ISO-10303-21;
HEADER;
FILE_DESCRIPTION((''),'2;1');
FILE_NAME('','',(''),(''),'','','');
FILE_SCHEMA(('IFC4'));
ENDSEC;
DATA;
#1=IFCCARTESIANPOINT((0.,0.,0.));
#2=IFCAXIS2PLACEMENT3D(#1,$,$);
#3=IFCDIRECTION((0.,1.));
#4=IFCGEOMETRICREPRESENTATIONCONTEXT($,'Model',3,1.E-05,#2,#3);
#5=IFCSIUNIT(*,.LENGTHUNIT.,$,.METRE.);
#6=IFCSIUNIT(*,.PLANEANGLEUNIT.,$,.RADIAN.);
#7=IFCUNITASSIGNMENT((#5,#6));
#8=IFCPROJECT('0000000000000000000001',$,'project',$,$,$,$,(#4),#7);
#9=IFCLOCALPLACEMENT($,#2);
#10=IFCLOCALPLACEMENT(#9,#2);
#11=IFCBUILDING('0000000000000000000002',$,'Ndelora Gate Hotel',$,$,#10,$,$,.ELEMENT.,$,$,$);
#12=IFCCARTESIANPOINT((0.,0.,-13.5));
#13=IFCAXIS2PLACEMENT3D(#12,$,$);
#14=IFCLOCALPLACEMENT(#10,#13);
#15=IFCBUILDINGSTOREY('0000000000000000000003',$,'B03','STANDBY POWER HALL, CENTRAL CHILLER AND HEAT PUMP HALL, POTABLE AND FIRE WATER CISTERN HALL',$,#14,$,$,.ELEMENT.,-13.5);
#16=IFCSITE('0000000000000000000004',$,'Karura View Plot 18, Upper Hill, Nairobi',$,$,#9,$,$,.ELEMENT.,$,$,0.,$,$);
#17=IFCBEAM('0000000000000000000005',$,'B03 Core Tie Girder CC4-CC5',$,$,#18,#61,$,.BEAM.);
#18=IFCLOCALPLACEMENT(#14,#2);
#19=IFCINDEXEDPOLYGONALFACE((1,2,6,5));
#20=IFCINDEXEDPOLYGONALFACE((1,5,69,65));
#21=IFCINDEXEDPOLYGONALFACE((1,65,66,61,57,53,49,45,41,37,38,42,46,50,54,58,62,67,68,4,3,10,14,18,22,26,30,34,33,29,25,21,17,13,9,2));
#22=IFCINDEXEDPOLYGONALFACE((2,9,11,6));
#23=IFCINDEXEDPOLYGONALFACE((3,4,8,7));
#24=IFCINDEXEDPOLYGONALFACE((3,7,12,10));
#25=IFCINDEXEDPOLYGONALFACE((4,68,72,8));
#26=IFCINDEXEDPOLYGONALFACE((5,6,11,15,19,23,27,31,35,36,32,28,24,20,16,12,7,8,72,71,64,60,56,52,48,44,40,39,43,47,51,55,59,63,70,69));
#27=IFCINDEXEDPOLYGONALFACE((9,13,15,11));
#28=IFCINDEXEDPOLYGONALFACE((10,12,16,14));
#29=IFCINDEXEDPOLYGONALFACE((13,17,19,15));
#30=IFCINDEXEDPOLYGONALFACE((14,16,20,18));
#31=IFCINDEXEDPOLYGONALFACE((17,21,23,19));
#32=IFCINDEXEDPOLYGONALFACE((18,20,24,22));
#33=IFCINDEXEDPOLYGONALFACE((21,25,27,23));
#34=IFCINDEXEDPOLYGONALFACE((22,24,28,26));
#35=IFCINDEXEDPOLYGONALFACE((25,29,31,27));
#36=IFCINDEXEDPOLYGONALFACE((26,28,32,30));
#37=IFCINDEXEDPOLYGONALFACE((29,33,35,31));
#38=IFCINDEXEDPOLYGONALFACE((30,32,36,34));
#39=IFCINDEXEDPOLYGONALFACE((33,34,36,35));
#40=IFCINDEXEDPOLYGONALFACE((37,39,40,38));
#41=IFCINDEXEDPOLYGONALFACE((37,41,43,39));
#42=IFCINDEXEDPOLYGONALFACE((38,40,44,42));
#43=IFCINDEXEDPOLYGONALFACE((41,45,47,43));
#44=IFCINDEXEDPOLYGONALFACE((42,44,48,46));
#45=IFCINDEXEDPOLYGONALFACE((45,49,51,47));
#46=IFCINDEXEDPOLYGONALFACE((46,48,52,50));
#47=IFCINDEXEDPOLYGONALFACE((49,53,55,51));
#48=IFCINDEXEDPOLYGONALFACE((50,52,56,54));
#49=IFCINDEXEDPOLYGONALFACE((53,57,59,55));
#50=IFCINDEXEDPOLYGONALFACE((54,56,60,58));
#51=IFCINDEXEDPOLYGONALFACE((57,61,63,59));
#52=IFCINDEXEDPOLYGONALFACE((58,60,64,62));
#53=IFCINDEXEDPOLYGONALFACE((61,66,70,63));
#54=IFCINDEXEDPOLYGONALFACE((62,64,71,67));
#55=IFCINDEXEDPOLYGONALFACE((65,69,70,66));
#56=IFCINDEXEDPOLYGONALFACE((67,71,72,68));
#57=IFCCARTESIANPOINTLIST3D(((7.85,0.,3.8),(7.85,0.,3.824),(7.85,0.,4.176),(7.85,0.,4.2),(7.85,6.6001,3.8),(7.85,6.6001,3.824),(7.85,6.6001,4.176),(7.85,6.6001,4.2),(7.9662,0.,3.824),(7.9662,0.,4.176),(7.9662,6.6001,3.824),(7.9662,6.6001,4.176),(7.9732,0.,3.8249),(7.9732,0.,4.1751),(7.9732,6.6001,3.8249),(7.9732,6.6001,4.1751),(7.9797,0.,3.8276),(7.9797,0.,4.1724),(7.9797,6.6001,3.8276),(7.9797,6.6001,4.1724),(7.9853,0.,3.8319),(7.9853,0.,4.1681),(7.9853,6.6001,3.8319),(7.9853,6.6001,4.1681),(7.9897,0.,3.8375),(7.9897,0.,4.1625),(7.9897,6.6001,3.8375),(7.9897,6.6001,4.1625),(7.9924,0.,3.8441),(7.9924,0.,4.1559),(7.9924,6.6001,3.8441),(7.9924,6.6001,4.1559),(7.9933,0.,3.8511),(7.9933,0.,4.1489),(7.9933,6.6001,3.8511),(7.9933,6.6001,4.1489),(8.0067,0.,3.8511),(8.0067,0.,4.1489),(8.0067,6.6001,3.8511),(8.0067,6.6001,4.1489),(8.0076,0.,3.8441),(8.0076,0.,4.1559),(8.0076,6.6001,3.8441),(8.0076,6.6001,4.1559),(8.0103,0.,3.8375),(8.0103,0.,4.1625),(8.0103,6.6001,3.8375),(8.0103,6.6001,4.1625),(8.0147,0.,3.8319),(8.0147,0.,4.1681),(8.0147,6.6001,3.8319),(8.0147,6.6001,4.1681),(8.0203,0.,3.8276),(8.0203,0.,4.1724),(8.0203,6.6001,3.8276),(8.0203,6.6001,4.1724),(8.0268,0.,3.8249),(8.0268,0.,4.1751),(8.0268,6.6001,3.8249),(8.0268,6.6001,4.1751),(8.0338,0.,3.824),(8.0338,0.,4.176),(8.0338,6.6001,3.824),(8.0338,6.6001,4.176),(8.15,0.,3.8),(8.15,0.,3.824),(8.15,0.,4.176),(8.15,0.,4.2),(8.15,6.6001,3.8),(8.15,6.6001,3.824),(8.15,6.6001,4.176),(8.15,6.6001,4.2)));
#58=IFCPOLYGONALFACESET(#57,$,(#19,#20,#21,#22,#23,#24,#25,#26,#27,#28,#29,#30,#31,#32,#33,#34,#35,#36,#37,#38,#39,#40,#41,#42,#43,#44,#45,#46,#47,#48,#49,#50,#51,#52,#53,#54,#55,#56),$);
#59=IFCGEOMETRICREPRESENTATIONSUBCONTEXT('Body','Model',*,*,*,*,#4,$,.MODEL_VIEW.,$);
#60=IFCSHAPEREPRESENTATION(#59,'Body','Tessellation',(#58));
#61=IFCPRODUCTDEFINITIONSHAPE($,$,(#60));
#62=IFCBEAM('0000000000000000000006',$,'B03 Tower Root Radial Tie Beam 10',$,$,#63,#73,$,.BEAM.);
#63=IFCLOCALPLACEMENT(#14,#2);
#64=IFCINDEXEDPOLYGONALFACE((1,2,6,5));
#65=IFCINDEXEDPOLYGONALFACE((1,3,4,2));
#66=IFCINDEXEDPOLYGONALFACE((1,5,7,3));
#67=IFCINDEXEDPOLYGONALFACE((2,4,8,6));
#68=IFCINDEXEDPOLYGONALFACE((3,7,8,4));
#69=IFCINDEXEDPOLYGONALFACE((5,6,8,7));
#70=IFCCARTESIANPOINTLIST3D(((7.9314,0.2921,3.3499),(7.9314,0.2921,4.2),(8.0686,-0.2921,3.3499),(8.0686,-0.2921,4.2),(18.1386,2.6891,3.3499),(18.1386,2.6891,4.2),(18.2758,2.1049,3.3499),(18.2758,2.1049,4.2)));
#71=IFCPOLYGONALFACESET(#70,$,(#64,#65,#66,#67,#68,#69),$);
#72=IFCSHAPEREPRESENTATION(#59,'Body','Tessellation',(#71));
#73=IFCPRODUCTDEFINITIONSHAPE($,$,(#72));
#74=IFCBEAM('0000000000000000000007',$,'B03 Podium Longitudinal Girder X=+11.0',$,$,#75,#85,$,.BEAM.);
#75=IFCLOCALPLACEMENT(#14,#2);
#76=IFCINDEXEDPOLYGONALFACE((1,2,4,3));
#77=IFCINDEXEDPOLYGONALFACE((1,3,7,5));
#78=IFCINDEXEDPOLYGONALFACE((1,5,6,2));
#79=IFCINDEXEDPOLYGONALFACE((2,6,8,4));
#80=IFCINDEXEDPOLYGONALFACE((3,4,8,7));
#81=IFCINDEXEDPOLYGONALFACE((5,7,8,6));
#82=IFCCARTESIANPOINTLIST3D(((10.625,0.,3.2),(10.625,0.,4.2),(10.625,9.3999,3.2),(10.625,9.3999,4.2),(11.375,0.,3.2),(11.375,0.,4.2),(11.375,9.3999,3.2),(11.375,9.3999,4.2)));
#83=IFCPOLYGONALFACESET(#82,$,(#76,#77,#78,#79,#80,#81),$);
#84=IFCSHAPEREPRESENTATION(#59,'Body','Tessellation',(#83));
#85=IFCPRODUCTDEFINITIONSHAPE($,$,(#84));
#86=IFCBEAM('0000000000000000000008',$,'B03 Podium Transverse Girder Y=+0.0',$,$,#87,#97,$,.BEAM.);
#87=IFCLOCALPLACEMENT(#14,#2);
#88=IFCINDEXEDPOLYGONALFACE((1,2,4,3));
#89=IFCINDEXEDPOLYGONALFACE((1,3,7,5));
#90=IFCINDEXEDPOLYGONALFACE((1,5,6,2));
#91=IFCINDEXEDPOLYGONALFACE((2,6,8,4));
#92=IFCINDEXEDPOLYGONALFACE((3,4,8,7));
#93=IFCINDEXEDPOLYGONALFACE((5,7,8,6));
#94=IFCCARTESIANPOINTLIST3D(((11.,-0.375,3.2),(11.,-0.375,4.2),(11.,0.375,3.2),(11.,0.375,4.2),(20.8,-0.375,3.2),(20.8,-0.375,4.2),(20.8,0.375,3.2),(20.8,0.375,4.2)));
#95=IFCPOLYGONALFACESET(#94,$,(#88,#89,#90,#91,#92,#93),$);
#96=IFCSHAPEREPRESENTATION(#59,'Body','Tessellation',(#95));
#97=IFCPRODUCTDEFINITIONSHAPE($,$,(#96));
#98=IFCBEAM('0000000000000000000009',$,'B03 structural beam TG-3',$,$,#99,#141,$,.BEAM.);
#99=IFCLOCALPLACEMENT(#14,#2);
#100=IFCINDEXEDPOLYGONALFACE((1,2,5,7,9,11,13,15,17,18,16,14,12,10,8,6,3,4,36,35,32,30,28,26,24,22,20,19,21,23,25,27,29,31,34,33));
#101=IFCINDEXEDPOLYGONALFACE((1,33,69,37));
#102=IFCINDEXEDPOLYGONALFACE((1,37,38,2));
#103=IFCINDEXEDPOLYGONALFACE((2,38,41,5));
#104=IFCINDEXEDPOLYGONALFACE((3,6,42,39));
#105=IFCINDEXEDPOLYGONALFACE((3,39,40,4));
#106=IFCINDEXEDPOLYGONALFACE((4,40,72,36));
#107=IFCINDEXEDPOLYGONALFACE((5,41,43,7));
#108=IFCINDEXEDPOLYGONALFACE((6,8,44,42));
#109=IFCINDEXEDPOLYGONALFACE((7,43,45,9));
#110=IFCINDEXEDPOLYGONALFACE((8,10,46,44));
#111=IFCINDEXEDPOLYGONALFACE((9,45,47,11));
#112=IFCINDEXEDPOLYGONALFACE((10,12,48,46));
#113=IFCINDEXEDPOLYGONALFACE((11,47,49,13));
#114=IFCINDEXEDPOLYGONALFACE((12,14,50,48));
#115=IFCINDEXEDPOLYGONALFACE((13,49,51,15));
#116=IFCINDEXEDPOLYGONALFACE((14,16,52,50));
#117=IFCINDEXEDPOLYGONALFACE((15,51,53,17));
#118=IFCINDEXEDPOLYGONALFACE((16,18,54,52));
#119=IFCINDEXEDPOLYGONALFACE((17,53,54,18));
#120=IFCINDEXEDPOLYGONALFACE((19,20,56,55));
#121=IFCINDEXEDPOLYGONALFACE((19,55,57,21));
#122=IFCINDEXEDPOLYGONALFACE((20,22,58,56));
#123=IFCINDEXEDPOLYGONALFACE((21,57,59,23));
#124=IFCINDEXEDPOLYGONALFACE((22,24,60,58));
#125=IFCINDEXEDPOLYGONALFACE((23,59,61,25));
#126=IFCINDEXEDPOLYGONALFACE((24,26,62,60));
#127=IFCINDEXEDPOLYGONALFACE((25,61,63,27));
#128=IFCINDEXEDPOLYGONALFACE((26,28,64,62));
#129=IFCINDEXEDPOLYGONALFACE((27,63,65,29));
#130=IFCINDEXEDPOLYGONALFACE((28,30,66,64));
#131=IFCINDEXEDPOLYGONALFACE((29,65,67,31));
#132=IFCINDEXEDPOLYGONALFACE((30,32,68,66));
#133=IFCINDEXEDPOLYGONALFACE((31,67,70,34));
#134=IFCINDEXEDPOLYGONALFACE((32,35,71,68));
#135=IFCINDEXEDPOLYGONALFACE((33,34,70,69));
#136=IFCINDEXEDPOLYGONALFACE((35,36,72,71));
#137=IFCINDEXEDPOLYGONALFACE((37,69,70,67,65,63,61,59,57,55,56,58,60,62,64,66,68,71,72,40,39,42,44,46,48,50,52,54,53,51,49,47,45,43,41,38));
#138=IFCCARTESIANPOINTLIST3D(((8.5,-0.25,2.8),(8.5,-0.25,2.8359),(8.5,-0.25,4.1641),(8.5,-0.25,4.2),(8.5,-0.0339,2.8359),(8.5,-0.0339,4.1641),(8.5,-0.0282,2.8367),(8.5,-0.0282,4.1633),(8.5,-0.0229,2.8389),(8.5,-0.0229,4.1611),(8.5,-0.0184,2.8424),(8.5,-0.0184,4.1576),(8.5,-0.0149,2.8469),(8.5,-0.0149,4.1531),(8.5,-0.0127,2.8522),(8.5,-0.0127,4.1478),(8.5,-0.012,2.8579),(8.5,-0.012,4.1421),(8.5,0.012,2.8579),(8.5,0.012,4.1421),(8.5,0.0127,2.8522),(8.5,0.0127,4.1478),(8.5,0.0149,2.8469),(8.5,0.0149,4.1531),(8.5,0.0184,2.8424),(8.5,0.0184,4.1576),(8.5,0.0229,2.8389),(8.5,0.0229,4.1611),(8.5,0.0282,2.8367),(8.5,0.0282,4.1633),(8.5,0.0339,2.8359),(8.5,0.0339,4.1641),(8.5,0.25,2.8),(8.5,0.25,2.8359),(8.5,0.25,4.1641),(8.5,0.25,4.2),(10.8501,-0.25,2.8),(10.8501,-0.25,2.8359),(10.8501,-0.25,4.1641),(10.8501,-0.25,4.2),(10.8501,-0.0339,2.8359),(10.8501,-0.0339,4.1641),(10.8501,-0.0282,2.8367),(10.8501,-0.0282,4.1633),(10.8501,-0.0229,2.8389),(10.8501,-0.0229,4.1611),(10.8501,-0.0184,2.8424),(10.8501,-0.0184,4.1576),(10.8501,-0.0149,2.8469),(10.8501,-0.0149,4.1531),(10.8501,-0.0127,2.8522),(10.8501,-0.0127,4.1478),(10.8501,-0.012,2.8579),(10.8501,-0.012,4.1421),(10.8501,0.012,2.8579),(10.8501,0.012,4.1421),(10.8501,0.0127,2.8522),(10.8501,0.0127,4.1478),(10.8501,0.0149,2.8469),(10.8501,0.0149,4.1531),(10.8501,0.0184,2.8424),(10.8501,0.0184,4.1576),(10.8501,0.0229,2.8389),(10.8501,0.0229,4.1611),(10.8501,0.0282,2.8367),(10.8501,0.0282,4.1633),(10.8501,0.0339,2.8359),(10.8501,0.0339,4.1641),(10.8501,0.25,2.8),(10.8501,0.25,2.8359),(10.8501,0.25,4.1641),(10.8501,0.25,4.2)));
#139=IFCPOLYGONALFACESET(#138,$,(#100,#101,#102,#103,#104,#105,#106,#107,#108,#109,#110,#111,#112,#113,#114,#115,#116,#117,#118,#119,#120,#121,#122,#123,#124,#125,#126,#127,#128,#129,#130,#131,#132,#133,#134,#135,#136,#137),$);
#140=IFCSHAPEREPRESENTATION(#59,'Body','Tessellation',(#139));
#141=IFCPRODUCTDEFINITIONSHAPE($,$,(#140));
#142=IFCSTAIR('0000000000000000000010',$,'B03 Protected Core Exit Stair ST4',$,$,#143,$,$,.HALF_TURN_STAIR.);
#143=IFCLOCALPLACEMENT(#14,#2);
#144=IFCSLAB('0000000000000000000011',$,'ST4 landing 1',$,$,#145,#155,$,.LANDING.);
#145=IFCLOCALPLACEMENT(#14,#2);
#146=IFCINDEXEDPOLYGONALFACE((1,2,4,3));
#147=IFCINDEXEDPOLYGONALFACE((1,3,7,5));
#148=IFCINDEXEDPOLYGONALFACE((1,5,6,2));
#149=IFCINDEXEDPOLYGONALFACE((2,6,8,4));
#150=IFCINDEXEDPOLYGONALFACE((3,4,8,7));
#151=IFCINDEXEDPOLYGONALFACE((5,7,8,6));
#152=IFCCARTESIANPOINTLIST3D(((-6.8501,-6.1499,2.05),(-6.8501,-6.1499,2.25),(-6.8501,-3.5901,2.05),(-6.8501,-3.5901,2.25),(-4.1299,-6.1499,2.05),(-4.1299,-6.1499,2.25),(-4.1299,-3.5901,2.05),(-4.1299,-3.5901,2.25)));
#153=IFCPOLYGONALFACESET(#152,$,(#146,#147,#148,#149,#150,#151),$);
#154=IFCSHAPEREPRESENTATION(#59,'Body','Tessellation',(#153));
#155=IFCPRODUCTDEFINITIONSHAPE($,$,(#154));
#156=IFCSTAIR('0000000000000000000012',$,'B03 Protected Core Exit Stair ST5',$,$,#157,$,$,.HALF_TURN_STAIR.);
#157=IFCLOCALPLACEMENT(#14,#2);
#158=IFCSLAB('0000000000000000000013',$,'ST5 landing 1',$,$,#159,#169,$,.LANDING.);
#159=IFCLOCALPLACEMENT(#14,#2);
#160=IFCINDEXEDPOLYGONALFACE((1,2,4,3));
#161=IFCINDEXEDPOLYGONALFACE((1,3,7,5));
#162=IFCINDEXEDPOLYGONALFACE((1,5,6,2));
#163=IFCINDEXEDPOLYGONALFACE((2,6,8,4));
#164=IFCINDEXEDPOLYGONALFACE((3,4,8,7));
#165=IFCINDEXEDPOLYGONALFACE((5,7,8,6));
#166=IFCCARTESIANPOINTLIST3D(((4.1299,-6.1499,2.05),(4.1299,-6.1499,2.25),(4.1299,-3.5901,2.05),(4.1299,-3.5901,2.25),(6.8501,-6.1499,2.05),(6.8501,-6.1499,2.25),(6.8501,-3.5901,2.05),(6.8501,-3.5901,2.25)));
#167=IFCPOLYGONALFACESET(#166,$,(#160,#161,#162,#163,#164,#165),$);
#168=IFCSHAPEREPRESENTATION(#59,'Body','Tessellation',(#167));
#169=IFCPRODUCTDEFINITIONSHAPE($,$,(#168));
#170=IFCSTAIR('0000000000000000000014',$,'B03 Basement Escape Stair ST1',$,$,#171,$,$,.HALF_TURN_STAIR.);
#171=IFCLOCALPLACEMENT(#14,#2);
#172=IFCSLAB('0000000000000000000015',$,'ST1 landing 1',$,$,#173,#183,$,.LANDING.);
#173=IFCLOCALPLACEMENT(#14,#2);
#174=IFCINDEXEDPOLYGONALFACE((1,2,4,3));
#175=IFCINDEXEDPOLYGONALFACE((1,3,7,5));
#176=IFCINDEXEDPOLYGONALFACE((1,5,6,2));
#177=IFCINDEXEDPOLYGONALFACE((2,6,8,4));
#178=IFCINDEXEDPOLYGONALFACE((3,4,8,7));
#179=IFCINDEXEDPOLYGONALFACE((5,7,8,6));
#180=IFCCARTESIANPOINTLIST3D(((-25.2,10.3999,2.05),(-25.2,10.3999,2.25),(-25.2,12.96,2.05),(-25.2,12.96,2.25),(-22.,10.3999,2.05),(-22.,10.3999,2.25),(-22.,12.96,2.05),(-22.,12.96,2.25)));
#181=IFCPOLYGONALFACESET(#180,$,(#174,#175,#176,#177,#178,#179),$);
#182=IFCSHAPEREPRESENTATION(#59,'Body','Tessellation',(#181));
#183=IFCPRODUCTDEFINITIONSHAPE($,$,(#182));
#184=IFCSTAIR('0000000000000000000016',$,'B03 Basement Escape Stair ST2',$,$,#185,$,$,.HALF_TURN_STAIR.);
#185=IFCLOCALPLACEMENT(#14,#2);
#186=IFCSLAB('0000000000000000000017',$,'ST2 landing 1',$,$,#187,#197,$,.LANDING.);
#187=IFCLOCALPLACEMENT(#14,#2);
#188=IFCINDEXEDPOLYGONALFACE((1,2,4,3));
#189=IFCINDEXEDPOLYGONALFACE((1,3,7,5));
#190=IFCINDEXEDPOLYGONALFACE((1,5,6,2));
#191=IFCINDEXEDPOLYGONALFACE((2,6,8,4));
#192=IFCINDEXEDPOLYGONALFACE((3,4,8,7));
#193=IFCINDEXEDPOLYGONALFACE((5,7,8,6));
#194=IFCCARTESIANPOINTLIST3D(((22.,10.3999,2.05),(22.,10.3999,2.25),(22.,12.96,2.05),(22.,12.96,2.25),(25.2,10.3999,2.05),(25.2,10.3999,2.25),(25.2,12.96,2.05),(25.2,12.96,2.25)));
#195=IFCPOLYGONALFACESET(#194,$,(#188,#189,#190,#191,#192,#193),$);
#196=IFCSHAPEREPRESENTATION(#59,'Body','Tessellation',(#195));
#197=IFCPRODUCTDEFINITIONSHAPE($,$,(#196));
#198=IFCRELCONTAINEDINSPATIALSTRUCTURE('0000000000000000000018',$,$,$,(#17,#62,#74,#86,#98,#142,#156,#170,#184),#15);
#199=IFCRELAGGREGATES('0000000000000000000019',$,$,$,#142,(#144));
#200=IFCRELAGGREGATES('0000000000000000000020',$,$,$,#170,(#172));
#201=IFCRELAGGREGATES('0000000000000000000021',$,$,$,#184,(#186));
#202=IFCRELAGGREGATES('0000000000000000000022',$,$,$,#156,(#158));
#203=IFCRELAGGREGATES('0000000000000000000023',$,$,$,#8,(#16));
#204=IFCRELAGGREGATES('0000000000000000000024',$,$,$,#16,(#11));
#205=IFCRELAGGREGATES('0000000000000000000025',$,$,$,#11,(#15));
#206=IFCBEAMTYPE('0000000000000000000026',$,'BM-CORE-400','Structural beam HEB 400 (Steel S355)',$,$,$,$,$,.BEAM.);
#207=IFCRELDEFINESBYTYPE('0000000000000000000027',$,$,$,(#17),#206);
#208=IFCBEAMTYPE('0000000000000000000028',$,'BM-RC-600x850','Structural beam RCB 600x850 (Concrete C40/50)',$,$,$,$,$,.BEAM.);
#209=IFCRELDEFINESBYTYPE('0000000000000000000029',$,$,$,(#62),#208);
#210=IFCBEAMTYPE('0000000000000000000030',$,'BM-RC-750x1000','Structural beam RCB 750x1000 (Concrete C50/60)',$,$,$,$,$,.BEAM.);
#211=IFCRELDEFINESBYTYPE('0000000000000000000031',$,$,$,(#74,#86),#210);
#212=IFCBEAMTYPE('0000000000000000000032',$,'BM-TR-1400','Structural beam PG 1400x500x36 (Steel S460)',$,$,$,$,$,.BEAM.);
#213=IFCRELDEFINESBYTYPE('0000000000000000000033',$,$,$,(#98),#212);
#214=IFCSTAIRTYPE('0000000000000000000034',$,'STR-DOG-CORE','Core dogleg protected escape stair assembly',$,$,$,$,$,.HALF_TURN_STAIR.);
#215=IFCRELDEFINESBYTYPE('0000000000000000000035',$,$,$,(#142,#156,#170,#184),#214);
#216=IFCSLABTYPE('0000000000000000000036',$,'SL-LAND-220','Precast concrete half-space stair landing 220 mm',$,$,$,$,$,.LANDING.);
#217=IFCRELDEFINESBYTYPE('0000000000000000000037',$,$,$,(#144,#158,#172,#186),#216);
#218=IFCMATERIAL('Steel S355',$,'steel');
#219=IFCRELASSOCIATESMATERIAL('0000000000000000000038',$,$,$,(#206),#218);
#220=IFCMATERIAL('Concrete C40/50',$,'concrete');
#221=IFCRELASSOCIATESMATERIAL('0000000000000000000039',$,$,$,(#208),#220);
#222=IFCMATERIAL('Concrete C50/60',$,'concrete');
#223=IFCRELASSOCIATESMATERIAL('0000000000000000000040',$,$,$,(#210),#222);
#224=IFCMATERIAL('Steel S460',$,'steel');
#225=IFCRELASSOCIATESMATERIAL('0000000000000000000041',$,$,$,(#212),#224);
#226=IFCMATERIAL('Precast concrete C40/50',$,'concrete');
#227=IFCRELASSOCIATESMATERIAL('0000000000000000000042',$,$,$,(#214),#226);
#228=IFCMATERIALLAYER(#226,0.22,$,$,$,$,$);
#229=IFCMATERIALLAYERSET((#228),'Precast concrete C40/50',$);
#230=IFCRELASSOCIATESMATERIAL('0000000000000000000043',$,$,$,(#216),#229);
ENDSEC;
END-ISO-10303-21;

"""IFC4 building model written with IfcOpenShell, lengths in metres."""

from ifc_helpers import new_model, si_unit, direction, frame, origin, origin_2d, place, context, subcontext, project, spatial, polyline, rectangle, i_section, outline, extrude, material, layer, layer_set, material_profile, profile_set, type_object, element, aggregate, save


model = new_model("IFC4")

# Units and contexts
model_context = context("Model", 3, precision=1e-05, world=origin(), true_north=direction((0.0, 1.0)))
body_context = subcontext(model_context, "Body", "Model", "MODEL_VIEW")
ifc_project = project(units=[si_unit("LENGTHUNIT", "METRE"), si_unit("PLANEANGLEUNIT", "RADIAN")], contexts=[model_context])

# Site, building, storey
site_placement = place(None, origin())
site = spatial("IfcSite", under=ifc_project, at=site_placement, Name="Karura View Plot 18, Upper Hill, Nairobi", CompositionType="ELEMENT", RefElevation=0.0)
building_placement = place(site_placement, origin())
building = spatial("IfcBuilding", under=site, at=building_placement, Name="Ndelora Gate Hotel", CompositionType="ELEMENT")
storey_placement = place(building_placement, frame((0.0, 0.0, -13.5)))
storey = spatial("IfcBuildingStorey", under=building, at=storey_placement, Name="B03", Description="STANDBY POWER HALL, CENTRAL CHILLER AND HEAT PUMP HALL, POTABLE AND FIRE WATER CISTERN HALL", CompositionType="ELEMENT", Elevation=-13.5)

# Shared definitions
ifc_material_1 = material(Name="Concrete C40/50", Category="concrete")

# Beams
ifc_material_2 = material(Name="Steel S355", Category="steel")
ifc_material_profile_1 = material_profile(ifc_material_2, i_section(OverallWidth=0.3, OverallDepth=0.3999, WebThickness=0.0134, FlangeThickness=0.0239, FilletRadius=0.0271, at=origin_2d()), Name="HEB 400")
ifc_profile_set_1 = profile_set([ifc_material_profile_1], Name="Steel S355")
beam_type_1 = type_object("IfcBeamType", Name="BM-CORE-400", Description="Structural beam HEB 400 (Steel S355)", PredefinedType="BEAM", material=ifc_profile_set_1)
beam_1_placement = place(storey_placement, frame((8.0, 0.0, 4.0), z_axis=(0.0, 1.0, 0.0), x_axis=(-1.0, 0.0, 0.0)))
element("IfcBeam", 1, at=beam_1_placement, inside=storey, type_object=beam_type_1, Name="B03 Core Tie Girder CC4-CC5", PredefinedType="BEAM", context=body_context, shape_type="SweptSolid", body=[
    extrude(i_section(OverallWidth=0.3, OverallDepth=0.3999, WebThickness=0.0134, FlangeThickness=0.0239, FilletRadius=0.0271, at=origin_2d()), origin(), (0.0, 0.0, 1.0), 6.6001),
])
ifc_material_profile_2 = material_profile(ifc_material_1, rectangle(XDim=0.6001, YDim=0.8501, at=origin_2d()), Name="RCB 600x850")
ifc_profile_set_2 = profile_set([ifc_material_profile_2], Name="Concrete C40/50")
beam_type_2 = type_object("IfcBeamType", Name="BM-RC-600x850", Description="Structural beam RCB 600x850 (Concrete C40/50)", PredefinedType="BEAM", material=ifc_profile_set_2)
beam_2_placement = place(storey_placement, frame((8.0, 0.0, 3.7749), z_axis=(0.973518, 0.228611, 0.0), x_axis=(-0.228611, 0.973518, 0.0)))
element("IfcBeam", 2, at=beam_2_placement, inside=storey, type_object=beam_type_2, Name="B03 Tower Root Radial Tie Beam 10", PredefinedType="BEAM", context=body_context, shape_type="SweptSolid", body=[
    extrude(rectangle(XDim=0.6001, YDim=0.8501, at=origin_2d()), origin(), (0.0, 0.0, 1.0), 10.4849),
])
ifc_material_3 = material(Name="Concrete C50/60", Category="concrete")
ifc_material_profile_3 = material_profile(ifc_material_3, rectangle(XDim=0.75, YDim=1.0, at=origin_2d()), Name="RCB 750x1000")
ifc_profile_set_3 = profile_set([ifc_material_profile_3], Name="Concrete C50/60")
beam_type_3 = type_object("IfcBeamType", Name="BM-RC-750x1000", Description="Structural beam RCB 750x1000 (Concrete C50/60)", PredefinedType="BEAM", material=ifc_profile_set_3)
beam_3_placement = place(storey_placement, frame((11.0, 0.0, 3.7), z_axis=(0.0, 1.0, 0.0), x_axis=(-1.0, 0.0, 0.0)))
element("IfcBeam", 3, at=beam_3_placement, inside=storey, type_object=beam_type_3, Name="B03 Podium Longitudinal Girder X=+11.0", PredefinedType="BEAM", context=body_context, shape_type="SweptSolid", body=[
    extrude(rectangle(XDim=0.75, YDim=1.0, at=origin_2d()), origin(), (0.0, 0.0, 1.0), 9.3999),
])
beam_4_placement = place(storey_placement, frame((11.0, 0.0, 3.7), z_axis=(1.0, 0.0, 0.0), x_axis=(0.0, 1.0, 0.0)))
element("IfcBeam", 4, at=beam_4_placement, inside=storey, type_object=beam_type_3, Name="B03 Podium Transverse Girder Y=+0.0", PredefinedType="BEAM", context=body_context, shape_type="SweptSolid", body=[
    extrude(rectangle(XDim=0.75, YDim=1.0, at=origin_2d()), origin(), (0.0, 0.0, 1.0), 9.8),
])
ifc_material_4 = material(Name="Steel S460", Category="steel")
ifc_material_profile_4 = material_profile(ifc_material_4, i_section(OverallWidth=0.5, OverallDepth=1.3999, WebThickness=0.0239, FlangeThickness=0.0359, FilletRadius=0.022, at=origin_2d()), Name="PG 1400x500x36")
ifc_profile_set_4 = profile_set([ifc_material_profile_4], Name="Steel S460")
beam_type_4 = type_object("IfcBeamType", Name="BM-TR-1400", Description="Structural beam PG 1400x500x36 (Steel S460)", PredefinedType="BEAM", material=ifc_profile_set_4)
beam_5_placement = place(storey_placement, frame((8.5, 0.0, 3.5), z_axis=(1.0, 0.0, 0.0), x_axis=(0.0, 1.0, 0.0)))
element("IfcBeam", 5, at=beam_5_placement, inside=storey, type_object=beam_type_4, Name="B03 structural beam TG-3", PredefinedType="BEAM", context=body_context, shape_type="SweptSolid", body=[
    extrude(i_section(OverallWidth=0.5, OverallDepth=1.3999, WebThickness=0.0239, FlangeThickness=0.0359, FilletRadius=0.022, at=origin_2d()), origin(), (0.0, 0.0, 1.0), 2.3501),
])

# Stairs, slabs
ifc_material_5 = material(Name="Precast concrete C40/50", Category="concrete")
stair_type = type_object("IfcStairType", Name="STR-DOG-CORE", Description="Core dogleg protected escape stair assembly", PredefinedType="HALF_TURN_STAIR", material=ifc_material_5)
stair_1_placement = place(storey_placement, origin())
stair_1 = element("IfcStair", 6, at=stair_1_placement, inside=storey, type_object=stair_type, Name="B03 Protected Core Exit Stair ST4", PredefinedType="HALF_TURN_STAIR")
ifc_layer_1 = layer(ifc_material_5, 0.22)
ifc_layer_set_1 = layer_set([ifc_layer_1], Name="Precast concrete C40/50")
slab_type = type_object("IfcSlabType", Name="SL-LAND-220", Description="Precast concrete half-space stair landing 220 mm", PredefinedType="LANDING", material=ifc_layer_set_1)
slab_1_placement = place(storey_placement, frame((0.0, 0.0, 2.05)))
slab_1 = element("IfcSlab", 7, at=slab_1_placement, type_object=slab_type, Name="ST4 landing 1", PredefinedType="LANDING", context=body_context, shape_type="SweptSolid", body=[
    extrude(outline(polyline([(-6.8501, -3.5901), (-6.8501, -6.1499), (-4.1299, -6.1499), (-4.1299, -3.5901), (-6.8501, -3.5901)])), origin(), (0.0, 0.0, 1.0), 0.2),
])
aggregate(stair_1, [slab_1])
stair_2_placement = place(storey_placement, origin())
stair_2 = element("IfcStair", 8, at=stair_2_placement, inside=storey, type_object=stair_type, Name="B03 Protected Core Exit Stair ST5", PredefinedType="HALF_TURN_STAIR")
slab_2_placement = place(storey_placement, frame((0.0, 0.0, 2.05)))
slab_2 = element("IfcSlab", 9, at=slab_2_placement, type_object=slab_type, Name="ST5 landing 1", PredefinedType="LANDING", context=body_context, shape_type="SweptSolid", body=[
    extrude(outline(polyline([(4.1299, -3.5901), (4.1299, -6.1499), (6.8501, -6.1499), (6.8501, -3.5901), (4.1299, -3.5901)])), origin(), (0.0, 0.0, 1.0), 0.2),
])
stair_3_placement = place(storey_placement, origin())
stair_3 = element("IfcStair", 10, at=stair_3_placement, inside=storey, type_object=stair_type, Name="B03 Basement Escape Stair ST1", PredefinedType="HALF_TURN_STAIR")
slab_3_placement = place(storey_placement, frame((0.0, 0.0, 2.05)))
slab_3 = element("IfcSlab", 11, at=slab_3_placement, type_object=slab_type, Name="ST1 landing 1", PredefinedType="LANDING", context=body_context, shape_type="SweptSolid", body=[
    extrude(outline(polyline([(-25.2, 12.96), (-25.2, 10.3999), (-22.0, 10.3999), (-22.0, 12.96), (-25.2, 12.96)])), origin(), (0.0, 0.0, 1.0), 0.2),
])
aggregate(stair_3, [slab_3])
stair_4_placement = place(storey_placement, origin())
stair_4 = element("IfcStair", 12, at=stair_4_placement, inside=storey, type_object=stair_type, Name="B03 Basement Escape Stair ST2", PredefinedType="HALF_TURN_STAIR")
slab_4_placement = place(storey_placement, frame((0.0, 0.0, 2.05)))
slab_4 = element("IfcSlab", 13, at=slab_4_placement, type_object=slab_type, Name="ST2 landing 1", PredefinedType="LANDING", context=body_context, shape_type="SweptSolid", body=[
    extrude(outline(polyline([(22.0, 12.96), (22.0, 10.3999), (25.2, 10.3999), (25.2, 12.96), (22.0, 12.96)])), origin(), (0.0, 0.0, 1.0), 0.2),
])
aggregate(stair_4, [slab_4])

aggregate(stair_2, [slab_2])

save(model, "model.ifc")
